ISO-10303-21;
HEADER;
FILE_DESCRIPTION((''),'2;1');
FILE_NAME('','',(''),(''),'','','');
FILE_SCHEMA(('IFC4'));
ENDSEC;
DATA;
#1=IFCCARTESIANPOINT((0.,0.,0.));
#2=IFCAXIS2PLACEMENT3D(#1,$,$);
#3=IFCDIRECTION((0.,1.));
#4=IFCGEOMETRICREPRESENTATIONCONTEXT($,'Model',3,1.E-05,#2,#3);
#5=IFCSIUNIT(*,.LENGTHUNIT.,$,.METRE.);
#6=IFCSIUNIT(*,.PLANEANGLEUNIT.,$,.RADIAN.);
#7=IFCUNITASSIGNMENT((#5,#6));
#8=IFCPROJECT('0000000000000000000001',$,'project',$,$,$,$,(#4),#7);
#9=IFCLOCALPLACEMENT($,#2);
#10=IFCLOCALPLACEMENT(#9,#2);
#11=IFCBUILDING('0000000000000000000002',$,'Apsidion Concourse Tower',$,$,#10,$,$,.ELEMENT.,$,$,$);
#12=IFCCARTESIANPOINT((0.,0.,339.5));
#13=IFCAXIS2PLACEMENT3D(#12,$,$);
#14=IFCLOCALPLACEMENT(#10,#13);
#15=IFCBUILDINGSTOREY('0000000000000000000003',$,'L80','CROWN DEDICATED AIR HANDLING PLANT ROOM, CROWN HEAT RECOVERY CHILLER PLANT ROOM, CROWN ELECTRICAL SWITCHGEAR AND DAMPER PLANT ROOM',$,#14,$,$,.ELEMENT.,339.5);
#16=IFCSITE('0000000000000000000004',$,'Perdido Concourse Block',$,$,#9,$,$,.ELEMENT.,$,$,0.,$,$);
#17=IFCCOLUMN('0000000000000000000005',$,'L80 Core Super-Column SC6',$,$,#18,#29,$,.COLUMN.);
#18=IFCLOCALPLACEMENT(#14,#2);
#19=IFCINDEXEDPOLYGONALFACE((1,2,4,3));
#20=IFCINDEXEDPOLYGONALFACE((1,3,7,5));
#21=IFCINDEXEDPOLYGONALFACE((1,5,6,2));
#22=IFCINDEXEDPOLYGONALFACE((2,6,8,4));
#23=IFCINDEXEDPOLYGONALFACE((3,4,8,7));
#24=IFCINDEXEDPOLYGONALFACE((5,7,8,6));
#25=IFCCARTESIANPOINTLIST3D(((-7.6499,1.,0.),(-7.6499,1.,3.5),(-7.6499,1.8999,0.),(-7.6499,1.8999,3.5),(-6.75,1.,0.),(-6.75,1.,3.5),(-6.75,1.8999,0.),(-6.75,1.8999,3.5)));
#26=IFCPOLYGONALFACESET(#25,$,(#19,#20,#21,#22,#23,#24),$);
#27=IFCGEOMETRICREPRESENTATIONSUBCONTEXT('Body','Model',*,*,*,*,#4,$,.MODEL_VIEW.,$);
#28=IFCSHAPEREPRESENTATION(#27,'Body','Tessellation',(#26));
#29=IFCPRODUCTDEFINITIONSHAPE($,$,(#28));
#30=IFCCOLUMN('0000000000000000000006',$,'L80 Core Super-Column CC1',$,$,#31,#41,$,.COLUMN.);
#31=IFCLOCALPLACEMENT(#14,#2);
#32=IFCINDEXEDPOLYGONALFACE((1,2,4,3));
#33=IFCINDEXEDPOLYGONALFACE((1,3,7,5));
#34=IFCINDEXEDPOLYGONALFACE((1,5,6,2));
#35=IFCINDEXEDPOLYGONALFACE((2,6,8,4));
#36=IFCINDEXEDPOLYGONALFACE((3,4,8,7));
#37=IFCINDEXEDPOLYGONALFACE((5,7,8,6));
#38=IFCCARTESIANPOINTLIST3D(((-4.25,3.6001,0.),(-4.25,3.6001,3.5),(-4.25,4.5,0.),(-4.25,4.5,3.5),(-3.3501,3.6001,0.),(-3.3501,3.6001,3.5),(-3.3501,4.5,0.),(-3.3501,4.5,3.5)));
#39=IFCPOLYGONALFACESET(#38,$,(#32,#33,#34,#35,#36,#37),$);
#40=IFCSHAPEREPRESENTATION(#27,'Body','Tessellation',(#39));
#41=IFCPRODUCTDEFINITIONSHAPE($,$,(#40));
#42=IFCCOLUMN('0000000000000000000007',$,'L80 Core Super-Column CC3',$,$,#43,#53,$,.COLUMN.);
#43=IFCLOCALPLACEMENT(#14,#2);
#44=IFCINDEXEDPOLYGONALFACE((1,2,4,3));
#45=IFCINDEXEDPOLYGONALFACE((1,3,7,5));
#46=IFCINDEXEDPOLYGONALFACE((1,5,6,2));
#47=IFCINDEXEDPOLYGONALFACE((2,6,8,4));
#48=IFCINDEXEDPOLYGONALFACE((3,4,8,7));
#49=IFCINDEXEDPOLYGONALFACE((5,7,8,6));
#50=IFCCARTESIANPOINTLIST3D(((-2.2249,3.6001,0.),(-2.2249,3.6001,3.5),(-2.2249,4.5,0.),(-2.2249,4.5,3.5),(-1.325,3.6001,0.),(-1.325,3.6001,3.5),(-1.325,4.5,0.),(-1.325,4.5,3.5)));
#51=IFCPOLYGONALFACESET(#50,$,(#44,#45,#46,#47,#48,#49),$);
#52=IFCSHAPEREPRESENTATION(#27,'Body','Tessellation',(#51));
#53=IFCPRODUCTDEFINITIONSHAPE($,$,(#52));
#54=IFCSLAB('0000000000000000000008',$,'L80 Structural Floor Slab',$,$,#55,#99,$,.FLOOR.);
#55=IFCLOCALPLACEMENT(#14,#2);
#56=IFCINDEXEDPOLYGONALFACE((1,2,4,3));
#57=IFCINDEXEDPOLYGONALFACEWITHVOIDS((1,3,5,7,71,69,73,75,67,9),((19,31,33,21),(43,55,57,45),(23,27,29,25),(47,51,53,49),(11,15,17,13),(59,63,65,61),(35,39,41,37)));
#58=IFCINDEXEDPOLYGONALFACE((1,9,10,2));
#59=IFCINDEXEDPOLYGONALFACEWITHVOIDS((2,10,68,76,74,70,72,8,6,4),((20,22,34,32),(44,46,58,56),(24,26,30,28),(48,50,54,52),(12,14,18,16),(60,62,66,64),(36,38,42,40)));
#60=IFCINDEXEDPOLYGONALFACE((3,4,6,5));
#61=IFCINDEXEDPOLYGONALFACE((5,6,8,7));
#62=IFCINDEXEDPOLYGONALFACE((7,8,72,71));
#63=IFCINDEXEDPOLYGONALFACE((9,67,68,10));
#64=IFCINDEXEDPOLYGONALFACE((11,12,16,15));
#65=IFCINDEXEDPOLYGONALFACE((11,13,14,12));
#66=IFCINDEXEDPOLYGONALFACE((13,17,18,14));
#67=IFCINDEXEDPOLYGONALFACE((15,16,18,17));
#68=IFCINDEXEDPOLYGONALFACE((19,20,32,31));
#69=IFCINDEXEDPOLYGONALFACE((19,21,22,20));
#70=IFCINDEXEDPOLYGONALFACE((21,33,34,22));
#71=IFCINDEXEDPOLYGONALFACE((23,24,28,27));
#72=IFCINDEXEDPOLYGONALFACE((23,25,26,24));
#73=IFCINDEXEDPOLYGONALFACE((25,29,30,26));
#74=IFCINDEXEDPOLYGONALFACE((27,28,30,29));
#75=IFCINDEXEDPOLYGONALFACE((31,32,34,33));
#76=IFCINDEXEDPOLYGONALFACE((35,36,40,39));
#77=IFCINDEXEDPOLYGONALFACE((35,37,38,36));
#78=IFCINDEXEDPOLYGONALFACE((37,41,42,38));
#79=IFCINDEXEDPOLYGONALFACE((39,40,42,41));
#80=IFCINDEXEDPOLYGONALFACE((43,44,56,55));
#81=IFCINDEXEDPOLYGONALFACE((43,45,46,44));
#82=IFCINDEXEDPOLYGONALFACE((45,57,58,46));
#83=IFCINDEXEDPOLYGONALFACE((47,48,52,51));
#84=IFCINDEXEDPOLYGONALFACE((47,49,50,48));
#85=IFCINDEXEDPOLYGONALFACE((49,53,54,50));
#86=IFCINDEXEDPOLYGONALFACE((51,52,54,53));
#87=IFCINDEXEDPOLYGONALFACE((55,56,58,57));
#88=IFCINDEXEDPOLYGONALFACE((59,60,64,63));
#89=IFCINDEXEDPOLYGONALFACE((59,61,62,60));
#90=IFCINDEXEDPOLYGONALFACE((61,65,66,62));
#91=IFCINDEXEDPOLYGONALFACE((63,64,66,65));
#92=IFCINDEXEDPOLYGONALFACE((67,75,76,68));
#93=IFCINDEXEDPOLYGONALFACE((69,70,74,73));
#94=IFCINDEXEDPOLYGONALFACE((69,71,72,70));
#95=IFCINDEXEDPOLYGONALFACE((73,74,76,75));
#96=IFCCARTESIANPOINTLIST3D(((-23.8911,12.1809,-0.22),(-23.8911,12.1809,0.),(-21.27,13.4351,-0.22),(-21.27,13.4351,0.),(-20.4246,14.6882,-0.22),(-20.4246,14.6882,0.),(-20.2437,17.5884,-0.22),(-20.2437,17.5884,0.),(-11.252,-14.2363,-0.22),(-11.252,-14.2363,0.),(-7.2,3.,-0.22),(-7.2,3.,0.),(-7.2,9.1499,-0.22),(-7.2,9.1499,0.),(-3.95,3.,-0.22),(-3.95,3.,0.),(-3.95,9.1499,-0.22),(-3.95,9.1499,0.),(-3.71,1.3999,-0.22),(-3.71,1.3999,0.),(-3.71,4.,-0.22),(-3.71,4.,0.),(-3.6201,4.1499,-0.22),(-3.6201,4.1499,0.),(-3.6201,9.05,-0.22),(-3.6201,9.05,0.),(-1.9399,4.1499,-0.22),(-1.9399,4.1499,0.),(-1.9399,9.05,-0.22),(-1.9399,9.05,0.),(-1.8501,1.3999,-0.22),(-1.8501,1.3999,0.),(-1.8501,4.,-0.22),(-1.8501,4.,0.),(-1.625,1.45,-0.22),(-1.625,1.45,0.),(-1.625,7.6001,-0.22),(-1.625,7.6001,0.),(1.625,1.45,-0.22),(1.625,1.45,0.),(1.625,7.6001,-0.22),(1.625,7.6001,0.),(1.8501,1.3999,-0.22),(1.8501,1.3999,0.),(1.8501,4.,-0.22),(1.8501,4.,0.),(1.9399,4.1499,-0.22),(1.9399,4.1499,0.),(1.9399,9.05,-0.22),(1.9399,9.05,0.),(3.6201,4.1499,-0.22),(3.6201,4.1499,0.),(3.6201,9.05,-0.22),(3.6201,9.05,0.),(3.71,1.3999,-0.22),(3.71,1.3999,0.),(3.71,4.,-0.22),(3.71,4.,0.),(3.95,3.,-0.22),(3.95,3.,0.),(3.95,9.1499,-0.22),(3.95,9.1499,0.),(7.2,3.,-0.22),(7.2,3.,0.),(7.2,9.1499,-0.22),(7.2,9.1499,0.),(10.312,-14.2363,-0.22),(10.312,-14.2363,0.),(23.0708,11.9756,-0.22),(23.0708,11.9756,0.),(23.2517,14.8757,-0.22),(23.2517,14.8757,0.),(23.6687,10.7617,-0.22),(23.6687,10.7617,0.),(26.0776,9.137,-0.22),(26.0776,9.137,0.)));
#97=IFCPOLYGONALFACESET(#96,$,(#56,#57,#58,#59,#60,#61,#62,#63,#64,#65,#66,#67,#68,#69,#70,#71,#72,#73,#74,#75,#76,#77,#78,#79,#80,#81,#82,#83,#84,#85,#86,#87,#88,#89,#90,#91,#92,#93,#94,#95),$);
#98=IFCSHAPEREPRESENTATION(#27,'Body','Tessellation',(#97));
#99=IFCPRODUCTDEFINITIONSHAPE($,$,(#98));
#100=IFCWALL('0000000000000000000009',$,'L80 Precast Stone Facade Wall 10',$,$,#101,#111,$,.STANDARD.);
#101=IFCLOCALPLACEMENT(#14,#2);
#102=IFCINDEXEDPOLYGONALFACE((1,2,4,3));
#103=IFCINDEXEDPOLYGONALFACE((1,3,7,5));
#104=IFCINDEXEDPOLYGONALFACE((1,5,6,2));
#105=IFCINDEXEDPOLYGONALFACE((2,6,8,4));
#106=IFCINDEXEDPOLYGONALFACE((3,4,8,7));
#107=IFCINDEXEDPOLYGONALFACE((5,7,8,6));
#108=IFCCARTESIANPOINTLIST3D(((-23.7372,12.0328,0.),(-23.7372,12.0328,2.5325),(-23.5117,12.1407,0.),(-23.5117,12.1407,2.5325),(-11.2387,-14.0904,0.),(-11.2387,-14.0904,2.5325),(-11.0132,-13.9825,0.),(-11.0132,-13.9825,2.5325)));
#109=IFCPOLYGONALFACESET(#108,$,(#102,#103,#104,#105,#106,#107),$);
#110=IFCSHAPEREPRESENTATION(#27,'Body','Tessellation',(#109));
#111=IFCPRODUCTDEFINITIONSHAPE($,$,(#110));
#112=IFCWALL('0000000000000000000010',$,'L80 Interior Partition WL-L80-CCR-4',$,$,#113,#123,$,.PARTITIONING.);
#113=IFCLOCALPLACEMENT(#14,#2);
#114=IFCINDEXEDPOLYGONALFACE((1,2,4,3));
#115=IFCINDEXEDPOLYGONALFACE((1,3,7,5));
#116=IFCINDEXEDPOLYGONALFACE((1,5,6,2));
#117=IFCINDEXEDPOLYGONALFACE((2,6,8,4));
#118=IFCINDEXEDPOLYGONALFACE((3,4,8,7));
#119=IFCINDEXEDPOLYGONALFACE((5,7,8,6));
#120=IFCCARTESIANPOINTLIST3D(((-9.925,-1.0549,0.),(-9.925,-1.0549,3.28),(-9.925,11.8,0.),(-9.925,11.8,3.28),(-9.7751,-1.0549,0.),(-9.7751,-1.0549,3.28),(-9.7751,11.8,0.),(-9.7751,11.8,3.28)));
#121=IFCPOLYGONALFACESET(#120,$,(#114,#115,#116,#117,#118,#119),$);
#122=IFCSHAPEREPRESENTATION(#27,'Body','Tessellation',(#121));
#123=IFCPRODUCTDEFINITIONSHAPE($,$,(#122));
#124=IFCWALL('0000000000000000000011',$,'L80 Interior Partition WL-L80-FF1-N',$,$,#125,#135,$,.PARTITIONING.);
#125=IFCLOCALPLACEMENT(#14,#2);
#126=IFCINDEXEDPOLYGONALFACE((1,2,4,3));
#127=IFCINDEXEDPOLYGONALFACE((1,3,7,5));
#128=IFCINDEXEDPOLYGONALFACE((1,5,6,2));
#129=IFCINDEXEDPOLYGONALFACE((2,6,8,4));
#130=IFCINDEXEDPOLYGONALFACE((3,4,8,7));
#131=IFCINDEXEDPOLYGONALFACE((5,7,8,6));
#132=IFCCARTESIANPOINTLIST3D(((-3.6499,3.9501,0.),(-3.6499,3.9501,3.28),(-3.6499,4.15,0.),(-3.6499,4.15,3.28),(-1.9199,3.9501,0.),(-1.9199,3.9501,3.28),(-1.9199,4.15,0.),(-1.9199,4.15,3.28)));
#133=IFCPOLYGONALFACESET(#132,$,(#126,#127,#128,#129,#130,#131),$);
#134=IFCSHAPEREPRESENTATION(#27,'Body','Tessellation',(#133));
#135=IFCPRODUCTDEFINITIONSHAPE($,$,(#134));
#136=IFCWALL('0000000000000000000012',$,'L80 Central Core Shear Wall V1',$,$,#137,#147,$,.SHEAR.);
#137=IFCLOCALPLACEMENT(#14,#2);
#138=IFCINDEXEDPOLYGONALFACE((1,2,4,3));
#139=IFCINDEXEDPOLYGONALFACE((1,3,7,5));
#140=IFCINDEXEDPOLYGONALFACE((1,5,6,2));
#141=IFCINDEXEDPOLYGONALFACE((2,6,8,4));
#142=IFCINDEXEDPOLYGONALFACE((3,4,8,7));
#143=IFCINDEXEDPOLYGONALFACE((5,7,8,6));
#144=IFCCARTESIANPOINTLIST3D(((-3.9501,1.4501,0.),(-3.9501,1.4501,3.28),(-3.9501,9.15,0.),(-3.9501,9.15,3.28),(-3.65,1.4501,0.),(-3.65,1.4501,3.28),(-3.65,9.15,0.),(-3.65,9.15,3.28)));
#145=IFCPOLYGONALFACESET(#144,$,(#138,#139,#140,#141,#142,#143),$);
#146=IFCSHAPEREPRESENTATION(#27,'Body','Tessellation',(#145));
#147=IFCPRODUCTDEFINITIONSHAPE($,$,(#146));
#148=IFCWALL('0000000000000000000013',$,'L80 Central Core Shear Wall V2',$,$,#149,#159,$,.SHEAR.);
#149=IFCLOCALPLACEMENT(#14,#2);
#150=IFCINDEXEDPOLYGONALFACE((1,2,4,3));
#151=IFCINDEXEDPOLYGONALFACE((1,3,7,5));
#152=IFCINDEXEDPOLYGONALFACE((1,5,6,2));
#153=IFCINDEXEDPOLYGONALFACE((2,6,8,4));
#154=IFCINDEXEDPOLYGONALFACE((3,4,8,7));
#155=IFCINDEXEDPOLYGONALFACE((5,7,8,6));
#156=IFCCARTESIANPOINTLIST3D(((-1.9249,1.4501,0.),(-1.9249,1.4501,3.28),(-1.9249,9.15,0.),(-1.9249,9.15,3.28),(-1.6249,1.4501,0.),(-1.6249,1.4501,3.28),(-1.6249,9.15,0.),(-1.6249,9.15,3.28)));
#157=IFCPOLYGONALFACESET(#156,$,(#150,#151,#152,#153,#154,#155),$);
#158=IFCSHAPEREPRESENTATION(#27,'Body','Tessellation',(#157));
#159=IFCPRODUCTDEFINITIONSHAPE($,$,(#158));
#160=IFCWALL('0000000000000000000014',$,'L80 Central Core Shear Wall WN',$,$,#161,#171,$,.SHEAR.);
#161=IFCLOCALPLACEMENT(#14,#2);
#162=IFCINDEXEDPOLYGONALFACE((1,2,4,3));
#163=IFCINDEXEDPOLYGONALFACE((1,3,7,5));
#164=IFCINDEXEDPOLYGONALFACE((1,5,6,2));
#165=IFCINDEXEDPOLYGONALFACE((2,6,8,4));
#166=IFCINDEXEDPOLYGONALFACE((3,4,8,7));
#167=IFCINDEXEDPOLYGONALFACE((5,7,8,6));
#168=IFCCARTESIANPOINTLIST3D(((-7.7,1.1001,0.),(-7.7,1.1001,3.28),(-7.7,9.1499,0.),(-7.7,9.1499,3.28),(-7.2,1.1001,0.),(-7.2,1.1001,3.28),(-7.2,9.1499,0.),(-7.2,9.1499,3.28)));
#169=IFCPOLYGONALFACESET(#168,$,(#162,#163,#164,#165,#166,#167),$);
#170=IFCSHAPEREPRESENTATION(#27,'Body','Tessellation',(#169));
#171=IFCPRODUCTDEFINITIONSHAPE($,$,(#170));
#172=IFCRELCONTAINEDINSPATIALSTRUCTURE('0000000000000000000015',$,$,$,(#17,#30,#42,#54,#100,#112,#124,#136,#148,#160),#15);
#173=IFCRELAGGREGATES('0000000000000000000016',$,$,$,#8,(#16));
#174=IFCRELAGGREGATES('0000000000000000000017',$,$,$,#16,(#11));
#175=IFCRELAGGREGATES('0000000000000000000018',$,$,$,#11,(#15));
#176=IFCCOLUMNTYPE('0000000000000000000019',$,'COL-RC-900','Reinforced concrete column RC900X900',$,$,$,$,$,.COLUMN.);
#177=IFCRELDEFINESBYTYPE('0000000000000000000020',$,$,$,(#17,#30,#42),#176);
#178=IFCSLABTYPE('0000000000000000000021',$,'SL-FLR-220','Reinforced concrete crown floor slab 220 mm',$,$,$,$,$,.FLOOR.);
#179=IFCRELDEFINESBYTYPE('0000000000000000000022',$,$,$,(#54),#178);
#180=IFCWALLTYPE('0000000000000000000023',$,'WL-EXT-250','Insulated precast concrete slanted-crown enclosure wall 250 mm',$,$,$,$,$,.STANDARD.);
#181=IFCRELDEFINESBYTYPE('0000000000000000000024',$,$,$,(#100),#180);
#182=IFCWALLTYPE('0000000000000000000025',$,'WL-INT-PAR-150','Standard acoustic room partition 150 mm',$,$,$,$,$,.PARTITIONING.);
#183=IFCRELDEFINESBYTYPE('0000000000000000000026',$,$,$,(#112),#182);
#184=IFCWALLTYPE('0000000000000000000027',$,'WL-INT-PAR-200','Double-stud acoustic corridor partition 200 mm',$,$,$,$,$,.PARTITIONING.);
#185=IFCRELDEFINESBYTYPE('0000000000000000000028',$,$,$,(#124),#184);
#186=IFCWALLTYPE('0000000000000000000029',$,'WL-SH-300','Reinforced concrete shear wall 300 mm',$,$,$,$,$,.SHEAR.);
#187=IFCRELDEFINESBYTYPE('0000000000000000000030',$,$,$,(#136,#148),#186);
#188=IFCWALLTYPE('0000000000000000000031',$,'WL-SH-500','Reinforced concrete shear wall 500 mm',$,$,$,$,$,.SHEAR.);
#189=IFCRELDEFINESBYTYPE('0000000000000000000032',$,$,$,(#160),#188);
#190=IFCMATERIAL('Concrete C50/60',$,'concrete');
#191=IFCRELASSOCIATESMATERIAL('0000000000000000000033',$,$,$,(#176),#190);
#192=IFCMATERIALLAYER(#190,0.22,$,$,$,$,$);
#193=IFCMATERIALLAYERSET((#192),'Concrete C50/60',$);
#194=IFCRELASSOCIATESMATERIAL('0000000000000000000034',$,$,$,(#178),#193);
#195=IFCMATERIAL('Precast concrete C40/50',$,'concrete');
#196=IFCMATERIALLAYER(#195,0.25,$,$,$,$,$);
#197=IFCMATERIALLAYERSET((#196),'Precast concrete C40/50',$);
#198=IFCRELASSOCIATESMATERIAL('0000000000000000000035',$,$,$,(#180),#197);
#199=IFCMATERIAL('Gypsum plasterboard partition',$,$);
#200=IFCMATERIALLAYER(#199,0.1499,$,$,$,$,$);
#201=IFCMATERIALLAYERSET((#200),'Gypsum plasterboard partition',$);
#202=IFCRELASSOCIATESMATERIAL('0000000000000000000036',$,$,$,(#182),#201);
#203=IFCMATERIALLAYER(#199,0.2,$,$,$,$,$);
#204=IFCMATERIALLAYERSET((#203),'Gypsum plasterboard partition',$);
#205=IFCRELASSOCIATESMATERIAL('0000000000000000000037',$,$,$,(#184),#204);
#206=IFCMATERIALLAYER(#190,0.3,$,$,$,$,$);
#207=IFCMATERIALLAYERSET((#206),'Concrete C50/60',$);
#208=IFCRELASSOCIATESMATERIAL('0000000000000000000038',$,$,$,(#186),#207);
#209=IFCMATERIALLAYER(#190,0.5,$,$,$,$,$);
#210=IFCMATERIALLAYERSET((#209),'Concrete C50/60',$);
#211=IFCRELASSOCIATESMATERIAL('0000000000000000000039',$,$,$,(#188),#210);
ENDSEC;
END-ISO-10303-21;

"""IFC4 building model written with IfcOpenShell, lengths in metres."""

from ifc_helpers import new_model, si_unit, direction, frame, frame_2d, origin, origin_2d, place, context, subcontext, project, spatial, polyline, rectangle, outline, extrude, material, layer, layer_set, material_profile, profile_set, type_object, element, save


model = new_model("IFC4")

# Units and contexts
model_context = context("Model", 3, precision=1e-05, world=origin(), true_north=direction((0.0, 1.0)))
body_context = subcontext(model_context, "Body", "Model", "MODEL_VIEW")
ifc_project = project(units=[si_unit("LENGTHUNIT", "METRE"), si_unit("PLANEANGLEUNIT", "RADIAN")], contexts=[model_context])

# Site, building, storey
site_placement = place(None, origin())
site = spatial("IfcSite", under=ifc_project, at=site_placement, Name="Perdido Concourse Block", CompositionType="ELEMENT", RefElevation=0.0)
building_placement = place(site_placement, origin())
building = spatial("IfcBuilding", under=site, at=building_placement, Name="Apsidion Concourse Tower", CompositionType="ELEMENT")
storey_placement = place(building_placement, frame((0.0, 0.0, 339.5)))
storey = spatial("IfcBuildingStorey", under=building, at=storey_placement, Name="L80", Description="CROWN DEDICATED AIR HANDLING PLANT ROOM, CROWN HEAT RECOVERY CHILLER PLANT ROOM, CROWN ELECTRICAL SWITCHGEAR AND DAMPER PLANT ROOM", CompositionType="ELEMENT", Elevation=339.5)

# Columns
ifc_material_1 = material(Name="Concrete C50/60", Category="concrete")
ifc_material_profile = material_profile(ifc_material_1, rectangle(XDim=0.8999, YDim=0.8999, at=origin_2d()), Name="RC 900x900")
ifc_profile_set = profile_set([ifc_material_profile], Name="Concrete C50/60")
column_type = type_object("IfcColumnType", Name="COL-RC-900", Description="Reinforced concrete column RC900X900", PredefinedType="COLUMN", material=ifc_profile_set)
for number, where, z_axis, x_axis, name in (
    (1, (-7.2, 1.45, 0.0), (0.0, 0.0, 1.0), (1.0, 0.0, 0.0), "L80 Core Super-Column SC6"),
    (2, (-3.8, 4.05, 0.0), (0.0, 0.0, 1.0), (1.0, 0.0, 0.0), "L80 Core Super-Column CC1"),
    (3, (-1.7749, 4.05, 0.0), (0.0, 0.0, 1.0), (1.0, 0.0, 0.0), "L80 Core Super-Column CC3"),
):
    element("IfcColumn", number, at=place(storey_placement, frame(where, z_axis=z_axis, x_axis=x_axis)), inside=storey, type_object=column_type, Name=name, PredefinedType="COLUMN", context=body_context, shape_type="SweptSolid", body=[
        extrude(rectangle(XDim=0.8999, YDim=0.8999, at=origin_2d()), origin(), (0.0, 0.0, 1.0), 3.5),
    ])

# Slab
ifc_layer_1 = layer(ifc_material_1, 0.22)
ifc_layer_set_1 = layer_set([ifc_layer_1], Name="Concrete C50/60")
slab_type = type_object("IfcSlabType", Name="SL-FLR-220", Description="Reinforced concrete crown floor slab 220 mm", PredefinedType="FLOOR", material=ifc_layer_set_1)
slab_placement = place(storey_placement, frame((0.0, 0.0, -0.22)))
element("IfcSlab", 4, at=slab_placement, inside=storey, type_object=slab_type, Name="L80 Structural Floor Slab", PredefinedType="FLOOR", context=body_context, shape_type="SweptSolid", body=[
    extrude(outline(polyline([(-23.8911, 12.1809), (-21.27, 13.4351), (-20.4246, 14.6882), (-20.2437, 17.5884), (23.2517, 14.8757), (23.0708, 11.9756), (23.6687, 10.7617), (26.0776, 9.137), (10.312, -14.2363), (-11.252, -14.2363), (-23.8911, 12.1809)]), holes=[polyline([(-3.95, 3.0), (-3.95, 9.1499), (-7.2, 9.1499), (-7.2, 3.0), (-3.95, 3.0)]), polyline([(7.2, 3.0), (7.2, 9.1499), (3.95, 9.1499), (3.95, 3.0), (7.2, 3.0)]), polyline([(-1.625, 7.6001), (-1.625, 1.45), (1.625, 1.45), (1.625, 7.6001), (-1.625, 7.6001)]), polyline([(-3.71, 1.3999), (-1.8501, 1.3999), (-1.8501, 4.0), (-3.71, 4.0), (-3.71, 1.3999)]), polyline([(1.8501, 1.3999), (3.71, 1.3999), (3.71, 4.0), (1.8501, 4.0), (1.8501, 1.3999)]), polyline([(-3.6201, 4.1499), (-1.9399, 4.1499), (-1.9399, 9.05), (-3.6201, 9.05), (-3.6201, 4.1499)]), polyline([(1.9399, 4.1499), (3.6201, 4.1499), (3.6201, 9.05), (1.9399, 9.05), (1.9399, 4.1499)])]), origin(), (0.0, 0.0, 1.0), 0.22),
])

# Walls
ifc_material_2 = material(Name="Precast concrete C40/50", Category="concrete")
ifc_layer_2 = layer(ifc_material_2, 0.25)
ifc_layer_set_2 = layer_set([ifc_layer_2], Name="Precast concrete C40/50")
wall_type_1 = type_object("IfcWallType", Name="WL-EXT-250", Description="Insulated precast concrete slanted-crown enclosure wall 250 mm", PredefinedType="STANDARD", material=ifc_layer_set_2)
wall_1_placement = place(storey_placement, frame((-11.126, -14.0364, 0.0), z_axis=(0.0, 0.0, 1.0), x_axis=(-0.43159, 0.90207, 0.0)))
element("IfcWall", 5, at=wall_1_placement, inside=storey, type_object=wall_type_1, Name="L80 Precast Stone Facade Wall 10", PredefinedType="STANDARD", context=body_context, shape_type="SweptSolid", body=[
    extrude(rectangle(XDim=28.9592, YDim=0.25, at=frame_2d((14.4795, 0.0))), origin(), (0.0, 0.0, 1.0), 2.5325),
])
ifc_material_3 = material(Name="Gypsum plasterboard partition")
ifc_layer_3 = layer(ifc_material_3, 0.1499)
ifc_layer_set_3 = layer_set([ifc_layer_3], Name="Gypsum plasterboard partition")
wall_type_2 = type_object("IfcWallType", Name="WL-INT-PAR-150", Description="Standard acoustic room partition 150 mm", PredefinedType="PARTITIONING", material=ifc_layer_set_3)
wall_2_placement = place(storey_placement, frame((-9.8501, -1.0549, 0.0), z_axis=(0.0, 0.0, 1.0), x_axis=(0.0, 1.0, 0.0)))
element("IfcWall", 6, at=wall_2_placement, inside=storey, type_object=wall_type_2, Name="L80 Interior Partition WL-L80-CCR-4", PredefinedType="PARTITIONING", context=body_context, shape_type="SweptSolid", body=[
    extrude(rectangle(XDim=12.855, YDim=0.1499, at=frame_2d((6.4275, 0.0))), origin(), (0.0, 0.0, 1.0), 3.28),
])
ifc_layer_4 = layer(ifc_material_3, 0.2)
ifc_layer_set_4 = layer_set([ifc_layer_4], Name="Gypsum plasterboard partition")
wall_type_3 = type_object("IfcWallType", Name="WL-INT-PAR-200", Description="Double-stud acoustic corridor partition 200 mm", PredefinedType="PARTITIONING", material=ifc_layer_set_4)
wall_3_placement = place(storey_placement, frame((-3.6499, 4.05, 0.0), z_axis=(0.0, 0.0, 1.0), x_axis=(1.0, 0.0, 0.0)))
element("IfcWall", 7, at=wall_3_placement, inside=storey, type_object=wall_type_3, Name="L80 Interior Partition WL-L80-FF1-N", PredefinedType="PARTITIONING", context=body_context, shape_type="SweptSolid", body=[
    extrude(rectangle(XDim=1.73, YDim=0.2, at=frame_2d((0.865, 0.0))), origin(), (0.0, 0.0, 1.0), 3.28),
])
ifc_layer_5 = layer(ifc_material_1, 0.3)
ifc_layer_set_5 = layer_set([ifc_layer_5], Name="Concrete C50/60")
wall_type_4 = type_object("IfcWallType", Name="WL-SH-300", Description="Reinforced concrete shear wall 300 mm", PredefinedType="SHEAR", material=ifc_layer_set_5)
for number, where, z_axis, x_axis, name in (
    (8, (-3.8, 1.45, 0.0), (0.0, 0.0, 1.0), (0.0, 1.0, 0.0), "L80 Central Core Shear Wall V1"),
    (9, (-1.7749, 1.45, 0.0), (0.0, 0.0, 1.0), (0.0, 1.0, 0.0), "L80 Central Core Shear Wall V2"),
):
    element("IfcWall", number, at=place(storey_placement, frame(where, z_axis=z_axis, x_axis=x_axis)), inside=storey, type_object=wall_type_4, Name=name, PredefinedType="SHEAR", context=body_context, shape_type="SweptSolid", body=[
        extrude(rectangle(XDim=7.7, YDim=0.3, at=frame_2d((3.8501, 0.0))), origin(), (0.0, 0.0, 1.0), 3.28),
    ])

# Wall
ifc_layer_6 = layer(ifc_material_1, 0.5)
ifc_layer_set_6 = layer_set([ifc_layer_6], Name="Concrete C50/60")
wall_type_5 = type_object("IfcWallType", Name="WL-SH-500", Description="Reinforced concrete shear wall 500 mm", PredefinedType="SHEAR", material=ifc_layer_set_6)
wall_4_placement = place(storey_placement, frame((-7.45, 1.1001, 0.0), z_axis=(0.0, 0.0, 1.0), x_axis=(0.0, 1.0, 0.0)))
element("IfcWall", 10, at=wall_4_placement, inside=storey, type_object=wall_type_5, Name="L80 Central Core Shear Wall WN", PredefinedType="SHEAR", context=body_context, shape_type="SweptSolid", body=[
    extrude(rectangle(XDim=8.0498, YDim=0.5, at=frame_2d((4.0249, 0.0))), origin(), (0.0, 0.0, 1.0), 3.28),
])

save(model, "model.ifc")
